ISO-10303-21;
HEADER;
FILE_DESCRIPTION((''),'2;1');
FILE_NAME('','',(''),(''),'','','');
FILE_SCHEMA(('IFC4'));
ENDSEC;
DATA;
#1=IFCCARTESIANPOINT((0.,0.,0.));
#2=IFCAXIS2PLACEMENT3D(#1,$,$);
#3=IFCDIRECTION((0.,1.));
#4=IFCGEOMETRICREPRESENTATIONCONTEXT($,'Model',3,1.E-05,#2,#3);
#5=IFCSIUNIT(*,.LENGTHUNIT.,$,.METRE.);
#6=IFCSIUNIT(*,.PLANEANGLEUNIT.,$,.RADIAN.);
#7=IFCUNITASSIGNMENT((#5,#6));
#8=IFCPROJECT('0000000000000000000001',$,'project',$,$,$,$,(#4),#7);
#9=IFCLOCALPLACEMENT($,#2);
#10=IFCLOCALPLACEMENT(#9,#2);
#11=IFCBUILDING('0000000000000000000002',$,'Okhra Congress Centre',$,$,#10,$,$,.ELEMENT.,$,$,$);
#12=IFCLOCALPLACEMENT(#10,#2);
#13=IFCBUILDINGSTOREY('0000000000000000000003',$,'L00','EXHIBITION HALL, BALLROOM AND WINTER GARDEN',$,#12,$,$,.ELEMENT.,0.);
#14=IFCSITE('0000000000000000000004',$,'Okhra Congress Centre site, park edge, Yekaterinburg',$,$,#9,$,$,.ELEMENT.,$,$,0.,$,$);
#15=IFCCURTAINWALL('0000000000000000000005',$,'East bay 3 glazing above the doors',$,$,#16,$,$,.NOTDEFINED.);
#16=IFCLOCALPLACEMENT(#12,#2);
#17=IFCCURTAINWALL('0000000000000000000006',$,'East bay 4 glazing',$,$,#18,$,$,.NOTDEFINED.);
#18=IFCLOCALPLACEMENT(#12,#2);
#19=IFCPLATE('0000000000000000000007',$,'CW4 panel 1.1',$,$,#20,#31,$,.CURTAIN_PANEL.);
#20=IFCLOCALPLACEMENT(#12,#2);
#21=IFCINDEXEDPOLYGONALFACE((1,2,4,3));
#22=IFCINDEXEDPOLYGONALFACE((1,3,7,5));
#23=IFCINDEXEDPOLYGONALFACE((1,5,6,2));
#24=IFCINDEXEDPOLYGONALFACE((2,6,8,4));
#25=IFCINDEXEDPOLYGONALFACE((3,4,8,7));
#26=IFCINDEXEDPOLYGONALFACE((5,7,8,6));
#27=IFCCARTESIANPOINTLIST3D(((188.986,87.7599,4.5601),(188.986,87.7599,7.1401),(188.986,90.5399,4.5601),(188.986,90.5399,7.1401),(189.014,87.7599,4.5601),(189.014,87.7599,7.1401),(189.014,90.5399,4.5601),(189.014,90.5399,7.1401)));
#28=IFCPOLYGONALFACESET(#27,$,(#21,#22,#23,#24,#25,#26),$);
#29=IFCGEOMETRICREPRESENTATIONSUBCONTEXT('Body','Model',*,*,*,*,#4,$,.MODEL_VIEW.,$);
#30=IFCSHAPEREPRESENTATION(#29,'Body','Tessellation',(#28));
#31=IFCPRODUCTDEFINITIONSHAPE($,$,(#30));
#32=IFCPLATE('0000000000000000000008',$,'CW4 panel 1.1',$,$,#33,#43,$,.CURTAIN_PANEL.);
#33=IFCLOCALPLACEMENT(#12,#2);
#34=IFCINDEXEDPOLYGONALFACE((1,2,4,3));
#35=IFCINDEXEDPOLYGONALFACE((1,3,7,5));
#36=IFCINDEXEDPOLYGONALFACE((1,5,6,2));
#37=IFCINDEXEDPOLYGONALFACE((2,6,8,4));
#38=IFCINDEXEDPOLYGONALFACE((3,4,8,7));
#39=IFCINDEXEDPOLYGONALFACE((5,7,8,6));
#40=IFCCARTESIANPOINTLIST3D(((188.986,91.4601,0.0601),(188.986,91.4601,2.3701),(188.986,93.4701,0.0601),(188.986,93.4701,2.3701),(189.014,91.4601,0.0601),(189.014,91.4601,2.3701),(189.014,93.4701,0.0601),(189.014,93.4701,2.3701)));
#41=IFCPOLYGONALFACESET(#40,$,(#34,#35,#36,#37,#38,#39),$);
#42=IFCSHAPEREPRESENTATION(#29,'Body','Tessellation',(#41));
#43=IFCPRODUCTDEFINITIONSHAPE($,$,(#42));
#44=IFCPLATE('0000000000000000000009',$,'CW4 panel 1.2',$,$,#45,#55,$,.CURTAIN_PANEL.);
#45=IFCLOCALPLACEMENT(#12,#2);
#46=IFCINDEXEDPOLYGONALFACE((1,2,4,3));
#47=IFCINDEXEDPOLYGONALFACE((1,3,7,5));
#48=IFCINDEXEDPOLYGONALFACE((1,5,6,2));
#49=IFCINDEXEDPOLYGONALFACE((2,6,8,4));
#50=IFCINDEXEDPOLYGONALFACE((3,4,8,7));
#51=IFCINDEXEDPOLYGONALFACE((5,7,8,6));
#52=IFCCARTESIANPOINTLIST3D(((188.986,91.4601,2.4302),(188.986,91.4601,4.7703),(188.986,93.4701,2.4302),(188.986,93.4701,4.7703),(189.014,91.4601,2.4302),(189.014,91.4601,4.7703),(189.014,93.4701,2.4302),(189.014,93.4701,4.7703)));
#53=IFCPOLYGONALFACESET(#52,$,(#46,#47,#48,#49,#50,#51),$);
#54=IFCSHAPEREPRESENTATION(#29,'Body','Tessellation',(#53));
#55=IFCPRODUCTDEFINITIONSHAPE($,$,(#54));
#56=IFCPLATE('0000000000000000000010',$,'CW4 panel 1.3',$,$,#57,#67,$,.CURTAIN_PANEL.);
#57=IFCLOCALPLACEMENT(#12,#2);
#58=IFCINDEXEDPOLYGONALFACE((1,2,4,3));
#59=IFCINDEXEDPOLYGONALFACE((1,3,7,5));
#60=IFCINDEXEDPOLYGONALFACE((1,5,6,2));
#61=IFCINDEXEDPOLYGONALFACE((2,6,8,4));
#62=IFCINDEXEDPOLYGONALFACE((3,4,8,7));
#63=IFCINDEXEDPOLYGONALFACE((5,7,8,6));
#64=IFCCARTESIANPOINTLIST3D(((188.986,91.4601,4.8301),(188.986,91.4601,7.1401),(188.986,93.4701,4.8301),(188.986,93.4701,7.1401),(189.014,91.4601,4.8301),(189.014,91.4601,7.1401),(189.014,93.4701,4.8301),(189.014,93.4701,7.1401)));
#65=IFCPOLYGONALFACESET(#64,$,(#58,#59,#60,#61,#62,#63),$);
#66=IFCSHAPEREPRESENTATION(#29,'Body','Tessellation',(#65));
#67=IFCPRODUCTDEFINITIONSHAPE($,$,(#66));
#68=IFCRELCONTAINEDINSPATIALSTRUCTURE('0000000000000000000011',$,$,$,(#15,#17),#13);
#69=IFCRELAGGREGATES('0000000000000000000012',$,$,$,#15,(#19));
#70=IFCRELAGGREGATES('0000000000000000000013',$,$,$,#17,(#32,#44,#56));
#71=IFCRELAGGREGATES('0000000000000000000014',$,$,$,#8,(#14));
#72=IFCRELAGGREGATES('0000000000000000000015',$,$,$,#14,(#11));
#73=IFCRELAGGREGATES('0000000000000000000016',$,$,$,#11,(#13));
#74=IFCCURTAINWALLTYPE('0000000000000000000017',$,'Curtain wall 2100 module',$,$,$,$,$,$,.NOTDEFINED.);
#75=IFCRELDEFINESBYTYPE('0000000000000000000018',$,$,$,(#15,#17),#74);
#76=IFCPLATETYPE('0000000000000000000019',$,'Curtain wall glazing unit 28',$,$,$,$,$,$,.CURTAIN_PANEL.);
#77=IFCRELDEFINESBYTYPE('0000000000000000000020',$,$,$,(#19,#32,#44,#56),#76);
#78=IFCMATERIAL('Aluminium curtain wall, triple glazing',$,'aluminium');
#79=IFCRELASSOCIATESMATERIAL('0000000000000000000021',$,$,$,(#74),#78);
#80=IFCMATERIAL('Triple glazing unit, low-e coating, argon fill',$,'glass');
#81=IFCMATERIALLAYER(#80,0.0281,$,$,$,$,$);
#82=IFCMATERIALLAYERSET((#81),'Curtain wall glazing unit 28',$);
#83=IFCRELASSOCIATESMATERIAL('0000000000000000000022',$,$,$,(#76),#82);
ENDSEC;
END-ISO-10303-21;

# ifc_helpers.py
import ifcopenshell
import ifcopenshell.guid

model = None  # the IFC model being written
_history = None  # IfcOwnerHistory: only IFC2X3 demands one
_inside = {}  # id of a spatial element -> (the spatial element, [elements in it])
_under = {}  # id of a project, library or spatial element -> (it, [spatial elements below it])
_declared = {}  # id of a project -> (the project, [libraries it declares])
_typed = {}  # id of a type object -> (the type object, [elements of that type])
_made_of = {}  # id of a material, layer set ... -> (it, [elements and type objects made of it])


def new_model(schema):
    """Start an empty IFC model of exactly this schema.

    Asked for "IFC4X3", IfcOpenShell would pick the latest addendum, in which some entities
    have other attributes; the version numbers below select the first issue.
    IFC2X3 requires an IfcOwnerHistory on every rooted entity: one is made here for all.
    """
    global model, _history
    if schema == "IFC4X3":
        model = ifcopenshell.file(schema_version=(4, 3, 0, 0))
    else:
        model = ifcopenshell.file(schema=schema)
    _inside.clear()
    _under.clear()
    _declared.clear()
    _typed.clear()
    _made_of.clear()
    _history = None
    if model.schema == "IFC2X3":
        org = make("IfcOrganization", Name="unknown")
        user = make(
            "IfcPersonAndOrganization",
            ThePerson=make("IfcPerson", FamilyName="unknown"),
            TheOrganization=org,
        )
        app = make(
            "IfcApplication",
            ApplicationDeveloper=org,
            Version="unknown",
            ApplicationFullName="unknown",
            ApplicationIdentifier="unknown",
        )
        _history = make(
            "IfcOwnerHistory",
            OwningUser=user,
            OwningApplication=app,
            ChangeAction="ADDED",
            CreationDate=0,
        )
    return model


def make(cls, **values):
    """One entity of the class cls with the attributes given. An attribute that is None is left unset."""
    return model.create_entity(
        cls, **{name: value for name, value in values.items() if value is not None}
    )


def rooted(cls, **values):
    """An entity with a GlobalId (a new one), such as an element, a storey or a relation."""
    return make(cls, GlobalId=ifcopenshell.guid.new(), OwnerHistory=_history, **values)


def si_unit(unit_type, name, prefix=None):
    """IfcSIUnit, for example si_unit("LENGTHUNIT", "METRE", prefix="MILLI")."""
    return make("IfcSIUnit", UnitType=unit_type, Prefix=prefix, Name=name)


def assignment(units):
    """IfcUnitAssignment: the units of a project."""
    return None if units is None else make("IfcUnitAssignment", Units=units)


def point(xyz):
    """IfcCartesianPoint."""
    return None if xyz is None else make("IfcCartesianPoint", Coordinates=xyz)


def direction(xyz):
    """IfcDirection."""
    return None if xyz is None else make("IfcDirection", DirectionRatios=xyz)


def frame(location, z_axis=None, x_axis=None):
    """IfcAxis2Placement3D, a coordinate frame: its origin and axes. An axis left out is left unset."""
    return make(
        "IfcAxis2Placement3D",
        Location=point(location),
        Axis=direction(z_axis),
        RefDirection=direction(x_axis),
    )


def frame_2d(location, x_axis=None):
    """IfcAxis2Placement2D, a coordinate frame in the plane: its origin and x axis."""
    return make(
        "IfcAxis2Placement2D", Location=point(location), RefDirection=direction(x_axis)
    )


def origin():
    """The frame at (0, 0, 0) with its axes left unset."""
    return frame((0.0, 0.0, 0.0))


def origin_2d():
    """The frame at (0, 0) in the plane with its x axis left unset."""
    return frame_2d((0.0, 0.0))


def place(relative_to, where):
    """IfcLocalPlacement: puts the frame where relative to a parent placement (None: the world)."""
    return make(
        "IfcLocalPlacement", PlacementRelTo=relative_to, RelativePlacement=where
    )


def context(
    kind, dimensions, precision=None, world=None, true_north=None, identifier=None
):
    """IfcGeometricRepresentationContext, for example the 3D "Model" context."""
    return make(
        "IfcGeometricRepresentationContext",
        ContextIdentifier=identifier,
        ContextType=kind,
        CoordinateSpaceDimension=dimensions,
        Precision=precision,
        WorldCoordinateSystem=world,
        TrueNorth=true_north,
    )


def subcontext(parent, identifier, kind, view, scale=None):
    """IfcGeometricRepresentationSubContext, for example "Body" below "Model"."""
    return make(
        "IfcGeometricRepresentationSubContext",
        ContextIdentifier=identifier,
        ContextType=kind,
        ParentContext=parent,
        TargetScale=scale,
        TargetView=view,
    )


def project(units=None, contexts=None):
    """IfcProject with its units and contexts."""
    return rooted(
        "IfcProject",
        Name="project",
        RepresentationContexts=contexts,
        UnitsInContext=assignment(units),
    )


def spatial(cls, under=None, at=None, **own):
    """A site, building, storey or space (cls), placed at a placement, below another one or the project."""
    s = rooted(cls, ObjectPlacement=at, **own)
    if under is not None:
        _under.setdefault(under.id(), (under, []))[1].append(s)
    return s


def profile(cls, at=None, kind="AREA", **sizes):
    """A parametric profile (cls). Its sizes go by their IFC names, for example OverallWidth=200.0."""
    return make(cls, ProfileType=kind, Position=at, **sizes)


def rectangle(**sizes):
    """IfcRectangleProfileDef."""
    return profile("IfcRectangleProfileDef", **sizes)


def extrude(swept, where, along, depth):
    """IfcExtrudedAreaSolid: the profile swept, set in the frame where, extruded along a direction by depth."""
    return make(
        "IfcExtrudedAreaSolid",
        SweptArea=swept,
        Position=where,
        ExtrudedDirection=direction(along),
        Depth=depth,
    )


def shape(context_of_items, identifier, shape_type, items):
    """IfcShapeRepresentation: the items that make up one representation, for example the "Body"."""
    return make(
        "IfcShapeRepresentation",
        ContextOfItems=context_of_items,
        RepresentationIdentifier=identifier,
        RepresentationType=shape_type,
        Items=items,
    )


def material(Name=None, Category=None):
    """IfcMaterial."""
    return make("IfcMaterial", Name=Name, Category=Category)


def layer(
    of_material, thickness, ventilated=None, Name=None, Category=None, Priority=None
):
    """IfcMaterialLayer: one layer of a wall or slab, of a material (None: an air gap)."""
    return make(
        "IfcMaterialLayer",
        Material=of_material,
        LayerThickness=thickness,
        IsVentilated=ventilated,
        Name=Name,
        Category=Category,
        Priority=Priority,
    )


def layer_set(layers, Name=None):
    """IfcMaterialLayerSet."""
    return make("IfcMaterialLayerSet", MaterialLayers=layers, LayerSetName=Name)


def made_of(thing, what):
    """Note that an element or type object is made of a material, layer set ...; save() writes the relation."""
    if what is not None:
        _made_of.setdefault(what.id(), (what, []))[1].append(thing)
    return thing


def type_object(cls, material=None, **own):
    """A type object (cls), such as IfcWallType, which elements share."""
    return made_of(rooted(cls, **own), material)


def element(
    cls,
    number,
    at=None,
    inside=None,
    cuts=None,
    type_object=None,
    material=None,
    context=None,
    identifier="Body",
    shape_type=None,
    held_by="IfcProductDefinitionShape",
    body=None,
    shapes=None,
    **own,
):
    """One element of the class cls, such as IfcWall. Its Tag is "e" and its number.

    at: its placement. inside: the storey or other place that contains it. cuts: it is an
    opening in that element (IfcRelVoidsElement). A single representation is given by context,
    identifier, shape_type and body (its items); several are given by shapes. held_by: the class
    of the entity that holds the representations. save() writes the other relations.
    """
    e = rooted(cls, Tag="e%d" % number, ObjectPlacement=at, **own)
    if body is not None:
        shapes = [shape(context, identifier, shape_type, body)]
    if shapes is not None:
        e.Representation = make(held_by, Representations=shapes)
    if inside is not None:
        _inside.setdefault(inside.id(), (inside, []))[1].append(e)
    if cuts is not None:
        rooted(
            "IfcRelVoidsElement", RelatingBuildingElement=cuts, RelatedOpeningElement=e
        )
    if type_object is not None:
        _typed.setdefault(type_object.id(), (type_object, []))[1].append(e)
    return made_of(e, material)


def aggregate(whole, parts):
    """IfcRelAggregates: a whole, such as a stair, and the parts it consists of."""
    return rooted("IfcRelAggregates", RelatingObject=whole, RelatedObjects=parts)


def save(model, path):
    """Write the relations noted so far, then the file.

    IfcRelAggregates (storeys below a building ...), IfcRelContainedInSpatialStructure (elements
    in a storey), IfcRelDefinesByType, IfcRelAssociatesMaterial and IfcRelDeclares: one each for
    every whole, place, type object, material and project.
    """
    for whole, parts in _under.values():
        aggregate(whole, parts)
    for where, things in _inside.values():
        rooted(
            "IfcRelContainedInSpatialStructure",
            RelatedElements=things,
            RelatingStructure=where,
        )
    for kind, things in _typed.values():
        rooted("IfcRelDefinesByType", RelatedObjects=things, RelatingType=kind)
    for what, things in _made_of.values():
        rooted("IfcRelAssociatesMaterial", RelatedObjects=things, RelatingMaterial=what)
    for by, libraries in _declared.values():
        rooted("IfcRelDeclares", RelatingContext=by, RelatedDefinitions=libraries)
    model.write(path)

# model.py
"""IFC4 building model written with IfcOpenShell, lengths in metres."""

from ifc_helpers import new_model, si_unit, direction, frame, origin, origin_2d, place, context, subcontext, project, spatial, rectangle, extrude, material, layer, layer_set, type_object, element, aggregate, save


model = new_model("IFC4")

# Units and contexts
model_context = context("Model", 3, precision=1e-05, world=origin(), true_north=direction((0.0, 1.0)))
body_context = subcontext(model_context, "Body", "Model", "MODEL_VIEW")
ifc_project = project(units=[si_unit("LENGTHUNIT", "METRE"), si_unit("PLANEANGLEUNIT", "RADIAN")], contexts=[model_context])

# Site, building, storey
site_placement = place(None, origin())
site = spatial("IfcSite", under=ifc_project, at=site_placement, Name="Okhra Congress Centre site, park edge, Yekaterinburg", CompositionType="ELEMENT", RefElevation=0.0)
building_placement = place(site_placement, origin())
building = spatial("IfcBuilding", under=site, at=building_placement, Name="Okhra Congress Centre", CompositionType="ELEMENT")
storey_placement = place(building_placement, origin())
storey = spatial("IfcBuildingStorey", under=building, at=storey_placement, Name="L00", Description="EXHIBITION HALL, BALLROOM AND WINTER GARDEN", CompositionType="ELEMENT", Elevation=0.0)

# Shared definitions
ifc_material_1 = material(Name="Aluminium curtain wall, triple glazing", Category="aluminium")
curtain_wall_type = type_object("IfcCurtainWallType", Name="Curtain wall 2100 module", PredefinedType="NOTDEFINED", material=ifc_material_1)

# Curtain walls
curtain_wall_1_placement = place(storey_placement, origin())
curtain_wall_1 = element("IfcCurtainWall", 1, at=curtain_wall_1_placement, inside=storey, type_object=curtain_wall_type, Name="East bay 3 glazing above the doors", PredefinedType="NOTDEFINED")
curtain_wall_2_placement = place(storey_placement, origin())
curtain_wall_2 = element("IfcCurtainWall", 2, at=curtain_wall_2_placement, inside=storey, type_object=curtain_wall_type, Name="East bay 4 glazing", PredefinedType="NOTDEFINED")

# Plates
ifc_material_2 = material(Name="Triple glazing unit, low-e coating, argon fill", Category="glass")
ifc_layer_1 = layer(ifc_material_2, 0.0281)
ifc_layer_set_1 = layer_set([ifc_layer_1], Name="Curtain wall glazing unit 28")
plate_type = type_object("IfcPlateType", Name="Curtain wall glazing unit 28", PredefinedType="CURTAIN_PANEL", material=ifc_layer_set_1)
plate_1_placement = place(storey_placement, frame((189.0, 89.1499, 4.5601), z_axis=(0.0, 0.0, 1.0), x_axis=(0.0, 1.0, 0.0)))
plate_1 = element("IfcPlate", 3, at=plate_1_placement, type_object=plate_type, Name="CW4 panel 1.1", PredefinedType="CURTAIN_PANEL", context=body_context, shape_type="SweptSolid", body=[
    extrude(rectangle(XDim=2.78, YDim=0.0281, at=origin_2d()), origin(), (0.0, 0.0, 1.0), 2.5801),
])
aggregate(curtain_wall_1, [plate_1])
plate_2_placement = place(storey_placement, frame((189.0, 92.4651, 0.0601), z_axis=(0.0, 0.0, 1.0), x_axis=(0.0, 1.0, 0.0)))
plate_2 = element("IfcPlate", 4, at=plate_2_placement, type_object=plate_type, Name="CW4 panel 1.1", PredefinedType="CURTAIN_PANEL", context=body_context, shape_type="SweptSolid", body=[
    extrude(rectangle(XDim=2.01, YDim=0.0281, at=origin_2d()), origin(), (0.0, 0.0, 1.0), 2.3101),
])
plate_3_placement = place(storey_placement, frame((189.0, 92.4651, 2.4302), z_axis=(0.0, 0.0, 1.0), x_axis=(0.0, 1.0, 0.0)))
plate_3 = element("IfcPlate", 5, at=plate_3_placement, type_object=plate_type, Name="CW4 panel 1.2", PredefinedType="CURTAIN_PANEL", context=body_context, shape_type="SweptSolid", body=[
    extrude(rectangle(XDim=2.01, YDim=0.0281, at=origin_2d()), origin(), (0.0, 0.0, 1.0), 2.3401),
])
plate_4_placement = place(storey_placement, frame((189.0, 92.4651, 4.8301), z_axis=(0.0, 0.0, 1.0), x_axis=(0.0, 1.0, 0.0)))
plate_4 = element("IfcPlate", 6, at=plate_4_placement, type_object=plate_type, Name="CW4 panel 1.3", PredefinedType="CURTAIN_PANEL", context=body_context, shape_type="SweptSolid", body=[
    extrude(rectangle(XDim=2.01, YDim=0.0281, at=origin_2d()), origin(), (0.0, 0.0, 1.0), 2.3101),
])
aggregate(curtain_wall_2, [plate_2, plate_3, plate_4])

save(model, "model.ifc")
